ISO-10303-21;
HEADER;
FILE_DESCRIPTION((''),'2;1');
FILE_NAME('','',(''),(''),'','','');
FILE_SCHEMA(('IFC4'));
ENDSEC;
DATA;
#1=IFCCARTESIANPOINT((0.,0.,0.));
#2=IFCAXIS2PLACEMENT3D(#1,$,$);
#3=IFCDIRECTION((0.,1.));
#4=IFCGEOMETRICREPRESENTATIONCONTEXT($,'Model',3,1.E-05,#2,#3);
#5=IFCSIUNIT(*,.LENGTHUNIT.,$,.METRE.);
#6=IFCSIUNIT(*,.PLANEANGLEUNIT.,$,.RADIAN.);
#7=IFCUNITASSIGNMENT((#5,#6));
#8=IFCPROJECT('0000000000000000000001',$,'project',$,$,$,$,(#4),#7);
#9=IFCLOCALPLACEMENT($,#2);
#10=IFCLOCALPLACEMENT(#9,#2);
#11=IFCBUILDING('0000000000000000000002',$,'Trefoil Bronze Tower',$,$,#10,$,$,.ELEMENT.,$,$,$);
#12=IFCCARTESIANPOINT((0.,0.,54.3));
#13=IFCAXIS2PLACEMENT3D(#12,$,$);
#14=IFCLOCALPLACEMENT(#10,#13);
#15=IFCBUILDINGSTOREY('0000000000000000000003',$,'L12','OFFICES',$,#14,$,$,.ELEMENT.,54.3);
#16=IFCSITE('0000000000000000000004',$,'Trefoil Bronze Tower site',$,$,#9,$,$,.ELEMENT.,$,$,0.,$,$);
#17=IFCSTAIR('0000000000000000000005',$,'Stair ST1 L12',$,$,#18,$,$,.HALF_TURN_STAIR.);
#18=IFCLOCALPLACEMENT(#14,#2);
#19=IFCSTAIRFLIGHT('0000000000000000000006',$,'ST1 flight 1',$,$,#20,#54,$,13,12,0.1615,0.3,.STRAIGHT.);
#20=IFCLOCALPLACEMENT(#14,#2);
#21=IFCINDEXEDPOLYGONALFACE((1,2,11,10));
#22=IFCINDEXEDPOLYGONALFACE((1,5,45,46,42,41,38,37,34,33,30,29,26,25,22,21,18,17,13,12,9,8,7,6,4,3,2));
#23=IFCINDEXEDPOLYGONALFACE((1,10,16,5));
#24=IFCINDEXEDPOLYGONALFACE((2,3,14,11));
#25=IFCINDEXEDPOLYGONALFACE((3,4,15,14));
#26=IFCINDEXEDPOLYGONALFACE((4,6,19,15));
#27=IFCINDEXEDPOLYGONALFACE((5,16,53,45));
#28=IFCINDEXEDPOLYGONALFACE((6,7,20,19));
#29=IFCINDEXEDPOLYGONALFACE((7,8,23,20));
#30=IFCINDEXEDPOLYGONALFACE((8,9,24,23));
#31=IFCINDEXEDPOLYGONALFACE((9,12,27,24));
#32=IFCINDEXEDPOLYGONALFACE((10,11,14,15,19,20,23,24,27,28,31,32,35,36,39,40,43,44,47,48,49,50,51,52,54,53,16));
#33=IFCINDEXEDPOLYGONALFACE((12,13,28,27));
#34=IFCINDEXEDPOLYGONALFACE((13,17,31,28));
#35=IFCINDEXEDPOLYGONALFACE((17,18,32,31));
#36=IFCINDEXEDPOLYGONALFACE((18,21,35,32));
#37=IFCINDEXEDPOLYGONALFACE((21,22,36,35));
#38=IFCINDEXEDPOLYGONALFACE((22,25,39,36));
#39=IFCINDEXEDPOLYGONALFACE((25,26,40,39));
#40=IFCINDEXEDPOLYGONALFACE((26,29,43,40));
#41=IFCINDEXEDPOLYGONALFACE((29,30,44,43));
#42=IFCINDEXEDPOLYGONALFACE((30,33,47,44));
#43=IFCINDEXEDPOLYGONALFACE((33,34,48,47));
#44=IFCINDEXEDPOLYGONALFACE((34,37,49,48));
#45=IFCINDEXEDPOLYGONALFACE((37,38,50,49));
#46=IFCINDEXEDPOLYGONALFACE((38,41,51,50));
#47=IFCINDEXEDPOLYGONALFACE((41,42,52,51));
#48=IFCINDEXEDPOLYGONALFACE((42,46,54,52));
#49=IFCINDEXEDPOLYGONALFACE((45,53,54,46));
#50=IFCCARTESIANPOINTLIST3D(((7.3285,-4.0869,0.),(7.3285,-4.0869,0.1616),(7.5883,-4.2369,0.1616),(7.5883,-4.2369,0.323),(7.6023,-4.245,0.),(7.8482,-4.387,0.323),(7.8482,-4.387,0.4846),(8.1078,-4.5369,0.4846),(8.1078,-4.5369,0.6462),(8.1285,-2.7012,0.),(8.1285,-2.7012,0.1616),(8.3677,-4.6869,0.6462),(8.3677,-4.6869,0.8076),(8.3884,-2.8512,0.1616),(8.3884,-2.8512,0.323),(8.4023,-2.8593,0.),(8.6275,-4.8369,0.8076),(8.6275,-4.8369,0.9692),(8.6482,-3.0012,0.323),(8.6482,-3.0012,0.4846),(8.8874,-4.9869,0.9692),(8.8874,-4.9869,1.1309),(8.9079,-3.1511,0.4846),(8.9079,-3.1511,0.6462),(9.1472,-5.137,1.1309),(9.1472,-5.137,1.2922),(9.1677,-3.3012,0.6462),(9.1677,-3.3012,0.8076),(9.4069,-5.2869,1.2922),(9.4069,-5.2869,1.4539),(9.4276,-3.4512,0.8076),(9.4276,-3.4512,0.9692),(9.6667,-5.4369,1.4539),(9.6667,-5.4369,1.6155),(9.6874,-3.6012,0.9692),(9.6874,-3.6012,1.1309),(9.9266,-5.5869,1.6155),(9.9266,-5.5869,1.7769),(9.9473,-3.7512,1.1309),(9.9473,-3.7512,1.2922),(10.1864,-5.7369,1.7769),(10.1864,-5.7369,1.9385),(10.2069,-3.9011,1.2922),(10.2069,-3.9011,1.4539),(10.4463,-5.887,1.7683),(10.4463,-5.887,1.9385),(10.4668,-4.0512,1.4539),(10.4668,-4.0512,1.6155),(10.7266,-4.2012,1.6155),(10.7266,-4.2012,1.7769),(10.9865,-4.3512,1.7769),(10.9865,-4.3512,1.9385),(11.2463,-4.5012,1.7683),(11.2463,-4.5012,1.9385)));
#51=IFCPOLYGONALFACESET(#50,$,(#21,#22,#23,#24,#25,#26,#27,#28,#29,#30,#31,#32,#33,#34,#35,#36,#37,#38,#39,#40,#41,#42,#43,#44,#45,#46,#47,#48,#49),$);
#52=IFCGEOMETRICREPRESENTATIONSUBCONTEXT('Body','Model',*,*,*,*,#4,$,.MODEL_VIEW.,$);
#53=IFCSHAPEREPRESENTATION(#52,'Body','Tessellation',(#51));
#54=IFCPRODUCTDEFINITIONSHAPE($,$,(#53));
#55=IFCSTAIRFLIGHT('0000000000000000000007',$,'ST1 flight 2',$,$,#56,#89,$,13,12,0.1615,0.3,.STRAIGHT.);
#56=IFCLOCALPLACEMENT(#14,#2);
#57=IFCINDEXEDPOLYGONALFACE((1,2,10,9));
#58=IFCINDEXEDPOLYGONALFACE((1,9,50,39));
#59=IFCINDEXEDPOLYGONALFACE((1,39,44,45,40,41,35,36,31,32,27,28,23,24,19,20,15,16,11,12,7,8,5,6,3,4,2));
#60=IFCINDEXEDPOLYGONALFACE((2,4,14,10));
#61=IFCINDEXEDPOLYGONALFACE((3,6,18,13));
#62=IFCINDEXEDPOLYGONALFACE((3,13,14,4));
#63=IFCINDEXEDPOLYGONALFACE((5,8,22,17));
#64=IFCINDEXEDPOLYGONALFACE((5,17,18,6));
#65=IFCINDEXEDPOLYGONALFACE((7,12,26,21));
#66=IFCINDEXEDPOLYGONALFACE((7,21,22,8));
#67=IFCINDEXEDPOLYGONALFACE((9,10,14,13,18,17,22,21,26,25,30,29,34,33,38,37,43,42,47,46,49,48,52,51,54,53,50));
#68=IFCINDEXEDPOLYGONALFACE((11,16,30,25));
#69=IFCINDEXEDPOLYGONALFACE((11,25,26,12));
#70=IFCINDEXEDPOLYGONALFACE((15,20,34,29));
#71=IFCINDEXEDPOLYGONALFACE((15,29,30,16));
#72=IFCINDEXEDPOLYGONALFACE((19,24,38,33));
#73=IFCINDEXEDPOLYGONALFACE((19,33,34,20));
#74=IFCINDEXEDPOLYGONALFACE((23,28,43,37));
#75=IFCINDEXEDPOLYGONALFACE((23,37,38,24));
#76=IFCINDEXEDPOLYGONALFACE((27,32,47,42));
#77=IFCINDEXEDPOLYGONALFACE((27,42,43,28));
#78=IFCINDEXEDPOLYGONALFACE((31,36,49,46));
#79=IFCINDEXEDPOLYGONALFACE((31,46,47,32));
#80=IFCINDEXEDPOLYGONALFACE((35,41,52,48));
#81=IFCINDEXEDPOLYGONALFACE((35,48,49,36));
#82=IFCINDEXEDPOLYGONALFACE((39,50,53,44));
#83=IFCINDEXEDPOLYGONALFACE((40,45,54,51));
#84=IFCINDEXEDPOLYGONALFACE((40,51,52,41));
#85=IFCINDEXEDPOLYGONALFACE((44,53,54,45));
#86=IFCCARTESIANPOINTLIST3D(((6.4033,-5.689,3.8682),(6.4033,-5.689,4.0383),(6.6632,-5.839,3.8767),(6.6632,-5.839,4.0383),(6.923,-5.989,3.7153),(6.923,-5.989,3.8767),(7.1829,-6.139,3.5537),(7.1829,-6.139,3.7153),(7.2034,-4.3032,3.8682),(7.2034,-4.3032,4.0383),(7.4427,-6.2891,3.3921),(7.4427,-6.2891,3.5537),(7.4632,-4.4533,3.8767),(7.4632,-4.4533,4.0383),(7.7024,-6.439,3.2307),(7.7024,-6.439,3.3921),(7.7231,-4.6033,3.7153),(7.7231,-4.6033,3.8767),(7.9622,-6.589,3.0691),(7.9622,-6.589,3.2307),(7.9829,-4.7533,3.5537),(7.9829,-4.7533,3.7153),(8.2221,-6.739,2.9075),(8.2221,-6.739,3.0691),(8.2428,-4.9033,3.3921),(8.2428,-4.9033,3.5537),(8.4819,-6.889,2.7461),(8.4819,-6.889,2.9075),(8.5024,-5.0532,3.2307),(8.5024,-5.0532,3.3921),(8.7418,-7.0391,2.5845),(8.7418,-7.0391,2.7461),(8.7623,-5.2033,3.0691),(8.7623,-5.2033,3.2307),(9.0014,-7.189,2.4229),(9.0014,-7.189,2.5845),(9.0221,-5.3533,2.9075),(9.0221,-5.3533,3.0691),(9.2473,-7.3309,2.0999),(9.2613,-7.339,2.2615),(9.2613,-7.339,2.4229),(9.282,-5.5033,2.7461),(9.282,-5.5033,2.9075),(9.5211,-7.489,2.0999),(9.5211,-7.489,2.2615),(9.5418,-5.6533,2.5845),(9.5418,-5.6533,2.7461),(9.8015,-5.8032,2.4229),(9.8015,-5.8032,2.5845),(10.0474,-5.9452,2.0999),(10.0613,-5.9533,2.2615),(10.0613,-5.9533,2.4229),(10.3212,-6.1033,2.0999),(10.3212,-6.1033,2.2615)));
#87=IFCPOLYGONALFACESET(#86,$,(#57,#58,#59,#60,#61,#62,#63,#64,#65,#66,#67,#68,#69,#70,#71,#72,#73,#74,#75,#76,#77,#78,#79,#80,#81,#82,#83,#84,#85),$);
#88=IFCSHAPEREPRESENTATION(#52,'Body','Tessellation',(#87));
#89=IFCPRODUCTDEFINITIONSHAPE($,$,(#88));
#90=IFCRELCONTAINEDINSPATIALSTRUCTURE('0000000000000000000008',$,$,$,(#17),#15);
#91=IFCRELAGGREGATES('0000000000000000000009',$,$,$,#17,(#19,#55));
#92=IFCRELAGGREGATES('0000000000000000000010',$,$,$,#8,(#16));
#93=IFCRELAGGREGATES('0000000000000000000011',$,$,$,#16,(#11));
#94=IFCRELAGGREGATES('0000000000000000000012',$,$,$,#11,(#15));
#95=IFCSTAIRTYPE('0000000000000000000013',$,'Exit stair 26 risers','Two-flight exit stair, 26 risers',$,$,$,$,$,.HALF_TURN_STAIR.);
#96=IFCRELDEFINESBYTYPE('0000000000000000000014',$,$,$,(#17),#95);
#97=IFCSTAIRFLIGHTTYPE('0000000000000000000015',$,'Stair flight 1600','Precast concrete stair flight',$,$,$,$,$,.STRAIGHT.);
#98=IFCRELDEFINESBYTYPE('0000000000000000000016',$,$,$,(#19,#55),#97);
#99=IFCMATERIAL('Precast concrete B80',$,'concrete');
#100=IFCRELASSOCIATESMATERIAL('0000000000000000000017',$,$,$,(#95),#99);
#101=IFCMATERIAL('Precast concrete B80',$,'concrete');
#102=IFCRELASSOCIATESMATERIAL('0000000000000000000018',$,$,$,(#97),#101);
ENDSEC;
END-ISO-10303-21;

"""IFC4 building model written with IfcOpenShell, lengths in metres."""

from ifc_helpers import new_model, si_unit, direction, frame, origin, place, context, subcontext, project, spatial, polyline, outline, extrude, material, type_object, element, aggregate, save


model = new_model("IFC4")

# Units and contexts
model_context = context("Model", 3, precision=1e-05, world=origin(), true_north=direction((0.0, 1.0)))
body_context = subcontext(model_context, "Body", "Model", "MODEL_VIEW")
ifc_project = project(units=[si_unit("LENGTHUNIT", "METRE"), si_unit("PLANEANGLEUNIT", "RADIAN")], contexts=[model_context])

# Site, building, storey
site_placement = place(None, origin())
site = spatial("IfcSite", under=ifc_project, at=site_placement, Name="Trefoil Bronze Tower site", CompositionType="ELEMENT", RefElevation=0.0)
building_placement = place(site_placement, origin())
building = spatial("IfcBuilding", under=site, at=building_placement, Name="Trefoil Bronze Tower", CompositionType="ELEMENT")
storey_placement = place(building_placement, frame((0.0, 0.0, 54.3)))
storey = spatial("IfcBuildingStorey", under=building, at=storey_placement, Name="L12", Description="OFFICES", CompositionType="ELEMENT", Elevation=54.3)

# Stair, stair flights
ifc_material_1 = material(Name="Precast concrete B80", Category="concrete")
stair_type = type_object("IfcStairType", Name="Exit stair 26 risers", Description="Two-flight exit stair, 26 risers", PredefinedType="HALF_TURN_STAIR", material=ifc_material_1)
stair_placement = place(storey_placement, origin())
stair = element("IfcStair", 1, at=stair_placement, inside=storey, type_object=stair_type, Name="Stair ST1 L12", PredefinedType="HALF_TURN_STAIR")
ifc_material_2 = material(Name="Precast concrete B80", Category="concrete")
stair_flight_type = type_object("IfcStairFlightType", Name="Stair flight 1600", Description="Precast concrete stair flight", PredefinedType="STRAIGHT", material=ifc_material_2)
stair_flight_1_placement = place(storey_placement, frame((7.7285, -3.394, 0.0), z_axis=(0.0, 0.0, 1.0), x_axis=(0.866025, -0.5, 0.0)))
stair_flight_1 = element("IfcStairFlight", 2, at=stair_flight_1_placement, type_object=stair_flight_type, Name="ST1 flight 1", NumberOfRisers=13, NumberOfTreads=12, PredefinedType="STRAIGHT", RiserHeight=0.1615, TreadLength=0.3, context=body_context, shape_type="SweptSolid", body=[
    extrude(outline(polyline([(0.0, 0.0), (0.0, 0.1616), (0.3, 0.1616), (0.3, 0.323), (0.6001, 0.323), (0.6001, 0.4846), (0.8999, 0.4846), (0.8999, 0.6462), (1.2, 0.6462), (1.2, 0.8076), (1.5, 0.8076), (1.5, 0.9692), (1.8, 0.9692), (1.8, 1.1309), (2.1001, 1.1309), (2.1001, 1.2922), (2.3999, 1.2922), (2.3999, 1.4539), (2.7, 1.4539), (2.7, 1.6155), (3.0, 1.6155), (3.0, 1.7769), (3.3, 1.7769), (3.3, 1.9385), (3.6001, 1.9385), (3.6001, 2.1001), (3.6001, 1.7683), (0.3162, 0.0), (0.0, 0.0)])), frame((0.0, 0.8, 0.0), z_axis=(0.0, -1.0, 0.0), x_axis=(1.0, 0.0, 0.0)), (0.0, 0.0, 1.0), 1.6001),
])
stair_flight_2_placement = place(storey_placement, frame((9.9211, -6.7961, 2.0999), z_axis=(0.0, 0.0, 1.0), x_axis=(-0.866025, 0.5, 0.0)))
stair_flight_2 = element("IfcStairFlight", 3, at=stair_flight_2_placement, type_object=stair_flight_type, Name="ST1 flight 2", NumberOfRisers=13, NumberOfTreads=12, PredefinedType="STRAIGHT", RiserHeight=0.1615, TreadLength=0.3, context=body_context, shape_type="SweptSolid", body=[
    extrude(outline(polyline([(0.0, 0.0), (0.0, 0.1616), (0.3, 0.1616), (0.3, 0.323), (0.6001, 0.323), (0.6001, 0.4846), (0.8999, 0.4846), (0.8999, 0.6462), (1.2, 0.6462), (1.2, 0.8076), (1.5, 0.8076), (1.5, 0.9692), (1.8, 0.9692), (1.8, 1.1309), (2.1001, 1.1309), (2.1001, 1.2922), (2.3999, 1.2922), (2.3999, 1.4539), (2.7, 1.4539), (2.7, 1.6155), (3.0, 1.6155), (3.0, 1.7769), (3.3, 1.7769), (3.3, 1.9385), (3.6001, 1.9385), (3.6001, 2.1001), (3.6001, 1.7683), (0.3162, 0.0), (0.0, 0.0)])), frame((0.0, 0.8, 0.0), z_axis=(0.0, -1.0, 0.0), x_axis=(1.0, 0.0, 0.0)), (0.0, 0.0, 1.0), 1.6001),
])
aggregate(stair, [stair_flight_1, stair_flight_2])

save(model, "model.ifc")
